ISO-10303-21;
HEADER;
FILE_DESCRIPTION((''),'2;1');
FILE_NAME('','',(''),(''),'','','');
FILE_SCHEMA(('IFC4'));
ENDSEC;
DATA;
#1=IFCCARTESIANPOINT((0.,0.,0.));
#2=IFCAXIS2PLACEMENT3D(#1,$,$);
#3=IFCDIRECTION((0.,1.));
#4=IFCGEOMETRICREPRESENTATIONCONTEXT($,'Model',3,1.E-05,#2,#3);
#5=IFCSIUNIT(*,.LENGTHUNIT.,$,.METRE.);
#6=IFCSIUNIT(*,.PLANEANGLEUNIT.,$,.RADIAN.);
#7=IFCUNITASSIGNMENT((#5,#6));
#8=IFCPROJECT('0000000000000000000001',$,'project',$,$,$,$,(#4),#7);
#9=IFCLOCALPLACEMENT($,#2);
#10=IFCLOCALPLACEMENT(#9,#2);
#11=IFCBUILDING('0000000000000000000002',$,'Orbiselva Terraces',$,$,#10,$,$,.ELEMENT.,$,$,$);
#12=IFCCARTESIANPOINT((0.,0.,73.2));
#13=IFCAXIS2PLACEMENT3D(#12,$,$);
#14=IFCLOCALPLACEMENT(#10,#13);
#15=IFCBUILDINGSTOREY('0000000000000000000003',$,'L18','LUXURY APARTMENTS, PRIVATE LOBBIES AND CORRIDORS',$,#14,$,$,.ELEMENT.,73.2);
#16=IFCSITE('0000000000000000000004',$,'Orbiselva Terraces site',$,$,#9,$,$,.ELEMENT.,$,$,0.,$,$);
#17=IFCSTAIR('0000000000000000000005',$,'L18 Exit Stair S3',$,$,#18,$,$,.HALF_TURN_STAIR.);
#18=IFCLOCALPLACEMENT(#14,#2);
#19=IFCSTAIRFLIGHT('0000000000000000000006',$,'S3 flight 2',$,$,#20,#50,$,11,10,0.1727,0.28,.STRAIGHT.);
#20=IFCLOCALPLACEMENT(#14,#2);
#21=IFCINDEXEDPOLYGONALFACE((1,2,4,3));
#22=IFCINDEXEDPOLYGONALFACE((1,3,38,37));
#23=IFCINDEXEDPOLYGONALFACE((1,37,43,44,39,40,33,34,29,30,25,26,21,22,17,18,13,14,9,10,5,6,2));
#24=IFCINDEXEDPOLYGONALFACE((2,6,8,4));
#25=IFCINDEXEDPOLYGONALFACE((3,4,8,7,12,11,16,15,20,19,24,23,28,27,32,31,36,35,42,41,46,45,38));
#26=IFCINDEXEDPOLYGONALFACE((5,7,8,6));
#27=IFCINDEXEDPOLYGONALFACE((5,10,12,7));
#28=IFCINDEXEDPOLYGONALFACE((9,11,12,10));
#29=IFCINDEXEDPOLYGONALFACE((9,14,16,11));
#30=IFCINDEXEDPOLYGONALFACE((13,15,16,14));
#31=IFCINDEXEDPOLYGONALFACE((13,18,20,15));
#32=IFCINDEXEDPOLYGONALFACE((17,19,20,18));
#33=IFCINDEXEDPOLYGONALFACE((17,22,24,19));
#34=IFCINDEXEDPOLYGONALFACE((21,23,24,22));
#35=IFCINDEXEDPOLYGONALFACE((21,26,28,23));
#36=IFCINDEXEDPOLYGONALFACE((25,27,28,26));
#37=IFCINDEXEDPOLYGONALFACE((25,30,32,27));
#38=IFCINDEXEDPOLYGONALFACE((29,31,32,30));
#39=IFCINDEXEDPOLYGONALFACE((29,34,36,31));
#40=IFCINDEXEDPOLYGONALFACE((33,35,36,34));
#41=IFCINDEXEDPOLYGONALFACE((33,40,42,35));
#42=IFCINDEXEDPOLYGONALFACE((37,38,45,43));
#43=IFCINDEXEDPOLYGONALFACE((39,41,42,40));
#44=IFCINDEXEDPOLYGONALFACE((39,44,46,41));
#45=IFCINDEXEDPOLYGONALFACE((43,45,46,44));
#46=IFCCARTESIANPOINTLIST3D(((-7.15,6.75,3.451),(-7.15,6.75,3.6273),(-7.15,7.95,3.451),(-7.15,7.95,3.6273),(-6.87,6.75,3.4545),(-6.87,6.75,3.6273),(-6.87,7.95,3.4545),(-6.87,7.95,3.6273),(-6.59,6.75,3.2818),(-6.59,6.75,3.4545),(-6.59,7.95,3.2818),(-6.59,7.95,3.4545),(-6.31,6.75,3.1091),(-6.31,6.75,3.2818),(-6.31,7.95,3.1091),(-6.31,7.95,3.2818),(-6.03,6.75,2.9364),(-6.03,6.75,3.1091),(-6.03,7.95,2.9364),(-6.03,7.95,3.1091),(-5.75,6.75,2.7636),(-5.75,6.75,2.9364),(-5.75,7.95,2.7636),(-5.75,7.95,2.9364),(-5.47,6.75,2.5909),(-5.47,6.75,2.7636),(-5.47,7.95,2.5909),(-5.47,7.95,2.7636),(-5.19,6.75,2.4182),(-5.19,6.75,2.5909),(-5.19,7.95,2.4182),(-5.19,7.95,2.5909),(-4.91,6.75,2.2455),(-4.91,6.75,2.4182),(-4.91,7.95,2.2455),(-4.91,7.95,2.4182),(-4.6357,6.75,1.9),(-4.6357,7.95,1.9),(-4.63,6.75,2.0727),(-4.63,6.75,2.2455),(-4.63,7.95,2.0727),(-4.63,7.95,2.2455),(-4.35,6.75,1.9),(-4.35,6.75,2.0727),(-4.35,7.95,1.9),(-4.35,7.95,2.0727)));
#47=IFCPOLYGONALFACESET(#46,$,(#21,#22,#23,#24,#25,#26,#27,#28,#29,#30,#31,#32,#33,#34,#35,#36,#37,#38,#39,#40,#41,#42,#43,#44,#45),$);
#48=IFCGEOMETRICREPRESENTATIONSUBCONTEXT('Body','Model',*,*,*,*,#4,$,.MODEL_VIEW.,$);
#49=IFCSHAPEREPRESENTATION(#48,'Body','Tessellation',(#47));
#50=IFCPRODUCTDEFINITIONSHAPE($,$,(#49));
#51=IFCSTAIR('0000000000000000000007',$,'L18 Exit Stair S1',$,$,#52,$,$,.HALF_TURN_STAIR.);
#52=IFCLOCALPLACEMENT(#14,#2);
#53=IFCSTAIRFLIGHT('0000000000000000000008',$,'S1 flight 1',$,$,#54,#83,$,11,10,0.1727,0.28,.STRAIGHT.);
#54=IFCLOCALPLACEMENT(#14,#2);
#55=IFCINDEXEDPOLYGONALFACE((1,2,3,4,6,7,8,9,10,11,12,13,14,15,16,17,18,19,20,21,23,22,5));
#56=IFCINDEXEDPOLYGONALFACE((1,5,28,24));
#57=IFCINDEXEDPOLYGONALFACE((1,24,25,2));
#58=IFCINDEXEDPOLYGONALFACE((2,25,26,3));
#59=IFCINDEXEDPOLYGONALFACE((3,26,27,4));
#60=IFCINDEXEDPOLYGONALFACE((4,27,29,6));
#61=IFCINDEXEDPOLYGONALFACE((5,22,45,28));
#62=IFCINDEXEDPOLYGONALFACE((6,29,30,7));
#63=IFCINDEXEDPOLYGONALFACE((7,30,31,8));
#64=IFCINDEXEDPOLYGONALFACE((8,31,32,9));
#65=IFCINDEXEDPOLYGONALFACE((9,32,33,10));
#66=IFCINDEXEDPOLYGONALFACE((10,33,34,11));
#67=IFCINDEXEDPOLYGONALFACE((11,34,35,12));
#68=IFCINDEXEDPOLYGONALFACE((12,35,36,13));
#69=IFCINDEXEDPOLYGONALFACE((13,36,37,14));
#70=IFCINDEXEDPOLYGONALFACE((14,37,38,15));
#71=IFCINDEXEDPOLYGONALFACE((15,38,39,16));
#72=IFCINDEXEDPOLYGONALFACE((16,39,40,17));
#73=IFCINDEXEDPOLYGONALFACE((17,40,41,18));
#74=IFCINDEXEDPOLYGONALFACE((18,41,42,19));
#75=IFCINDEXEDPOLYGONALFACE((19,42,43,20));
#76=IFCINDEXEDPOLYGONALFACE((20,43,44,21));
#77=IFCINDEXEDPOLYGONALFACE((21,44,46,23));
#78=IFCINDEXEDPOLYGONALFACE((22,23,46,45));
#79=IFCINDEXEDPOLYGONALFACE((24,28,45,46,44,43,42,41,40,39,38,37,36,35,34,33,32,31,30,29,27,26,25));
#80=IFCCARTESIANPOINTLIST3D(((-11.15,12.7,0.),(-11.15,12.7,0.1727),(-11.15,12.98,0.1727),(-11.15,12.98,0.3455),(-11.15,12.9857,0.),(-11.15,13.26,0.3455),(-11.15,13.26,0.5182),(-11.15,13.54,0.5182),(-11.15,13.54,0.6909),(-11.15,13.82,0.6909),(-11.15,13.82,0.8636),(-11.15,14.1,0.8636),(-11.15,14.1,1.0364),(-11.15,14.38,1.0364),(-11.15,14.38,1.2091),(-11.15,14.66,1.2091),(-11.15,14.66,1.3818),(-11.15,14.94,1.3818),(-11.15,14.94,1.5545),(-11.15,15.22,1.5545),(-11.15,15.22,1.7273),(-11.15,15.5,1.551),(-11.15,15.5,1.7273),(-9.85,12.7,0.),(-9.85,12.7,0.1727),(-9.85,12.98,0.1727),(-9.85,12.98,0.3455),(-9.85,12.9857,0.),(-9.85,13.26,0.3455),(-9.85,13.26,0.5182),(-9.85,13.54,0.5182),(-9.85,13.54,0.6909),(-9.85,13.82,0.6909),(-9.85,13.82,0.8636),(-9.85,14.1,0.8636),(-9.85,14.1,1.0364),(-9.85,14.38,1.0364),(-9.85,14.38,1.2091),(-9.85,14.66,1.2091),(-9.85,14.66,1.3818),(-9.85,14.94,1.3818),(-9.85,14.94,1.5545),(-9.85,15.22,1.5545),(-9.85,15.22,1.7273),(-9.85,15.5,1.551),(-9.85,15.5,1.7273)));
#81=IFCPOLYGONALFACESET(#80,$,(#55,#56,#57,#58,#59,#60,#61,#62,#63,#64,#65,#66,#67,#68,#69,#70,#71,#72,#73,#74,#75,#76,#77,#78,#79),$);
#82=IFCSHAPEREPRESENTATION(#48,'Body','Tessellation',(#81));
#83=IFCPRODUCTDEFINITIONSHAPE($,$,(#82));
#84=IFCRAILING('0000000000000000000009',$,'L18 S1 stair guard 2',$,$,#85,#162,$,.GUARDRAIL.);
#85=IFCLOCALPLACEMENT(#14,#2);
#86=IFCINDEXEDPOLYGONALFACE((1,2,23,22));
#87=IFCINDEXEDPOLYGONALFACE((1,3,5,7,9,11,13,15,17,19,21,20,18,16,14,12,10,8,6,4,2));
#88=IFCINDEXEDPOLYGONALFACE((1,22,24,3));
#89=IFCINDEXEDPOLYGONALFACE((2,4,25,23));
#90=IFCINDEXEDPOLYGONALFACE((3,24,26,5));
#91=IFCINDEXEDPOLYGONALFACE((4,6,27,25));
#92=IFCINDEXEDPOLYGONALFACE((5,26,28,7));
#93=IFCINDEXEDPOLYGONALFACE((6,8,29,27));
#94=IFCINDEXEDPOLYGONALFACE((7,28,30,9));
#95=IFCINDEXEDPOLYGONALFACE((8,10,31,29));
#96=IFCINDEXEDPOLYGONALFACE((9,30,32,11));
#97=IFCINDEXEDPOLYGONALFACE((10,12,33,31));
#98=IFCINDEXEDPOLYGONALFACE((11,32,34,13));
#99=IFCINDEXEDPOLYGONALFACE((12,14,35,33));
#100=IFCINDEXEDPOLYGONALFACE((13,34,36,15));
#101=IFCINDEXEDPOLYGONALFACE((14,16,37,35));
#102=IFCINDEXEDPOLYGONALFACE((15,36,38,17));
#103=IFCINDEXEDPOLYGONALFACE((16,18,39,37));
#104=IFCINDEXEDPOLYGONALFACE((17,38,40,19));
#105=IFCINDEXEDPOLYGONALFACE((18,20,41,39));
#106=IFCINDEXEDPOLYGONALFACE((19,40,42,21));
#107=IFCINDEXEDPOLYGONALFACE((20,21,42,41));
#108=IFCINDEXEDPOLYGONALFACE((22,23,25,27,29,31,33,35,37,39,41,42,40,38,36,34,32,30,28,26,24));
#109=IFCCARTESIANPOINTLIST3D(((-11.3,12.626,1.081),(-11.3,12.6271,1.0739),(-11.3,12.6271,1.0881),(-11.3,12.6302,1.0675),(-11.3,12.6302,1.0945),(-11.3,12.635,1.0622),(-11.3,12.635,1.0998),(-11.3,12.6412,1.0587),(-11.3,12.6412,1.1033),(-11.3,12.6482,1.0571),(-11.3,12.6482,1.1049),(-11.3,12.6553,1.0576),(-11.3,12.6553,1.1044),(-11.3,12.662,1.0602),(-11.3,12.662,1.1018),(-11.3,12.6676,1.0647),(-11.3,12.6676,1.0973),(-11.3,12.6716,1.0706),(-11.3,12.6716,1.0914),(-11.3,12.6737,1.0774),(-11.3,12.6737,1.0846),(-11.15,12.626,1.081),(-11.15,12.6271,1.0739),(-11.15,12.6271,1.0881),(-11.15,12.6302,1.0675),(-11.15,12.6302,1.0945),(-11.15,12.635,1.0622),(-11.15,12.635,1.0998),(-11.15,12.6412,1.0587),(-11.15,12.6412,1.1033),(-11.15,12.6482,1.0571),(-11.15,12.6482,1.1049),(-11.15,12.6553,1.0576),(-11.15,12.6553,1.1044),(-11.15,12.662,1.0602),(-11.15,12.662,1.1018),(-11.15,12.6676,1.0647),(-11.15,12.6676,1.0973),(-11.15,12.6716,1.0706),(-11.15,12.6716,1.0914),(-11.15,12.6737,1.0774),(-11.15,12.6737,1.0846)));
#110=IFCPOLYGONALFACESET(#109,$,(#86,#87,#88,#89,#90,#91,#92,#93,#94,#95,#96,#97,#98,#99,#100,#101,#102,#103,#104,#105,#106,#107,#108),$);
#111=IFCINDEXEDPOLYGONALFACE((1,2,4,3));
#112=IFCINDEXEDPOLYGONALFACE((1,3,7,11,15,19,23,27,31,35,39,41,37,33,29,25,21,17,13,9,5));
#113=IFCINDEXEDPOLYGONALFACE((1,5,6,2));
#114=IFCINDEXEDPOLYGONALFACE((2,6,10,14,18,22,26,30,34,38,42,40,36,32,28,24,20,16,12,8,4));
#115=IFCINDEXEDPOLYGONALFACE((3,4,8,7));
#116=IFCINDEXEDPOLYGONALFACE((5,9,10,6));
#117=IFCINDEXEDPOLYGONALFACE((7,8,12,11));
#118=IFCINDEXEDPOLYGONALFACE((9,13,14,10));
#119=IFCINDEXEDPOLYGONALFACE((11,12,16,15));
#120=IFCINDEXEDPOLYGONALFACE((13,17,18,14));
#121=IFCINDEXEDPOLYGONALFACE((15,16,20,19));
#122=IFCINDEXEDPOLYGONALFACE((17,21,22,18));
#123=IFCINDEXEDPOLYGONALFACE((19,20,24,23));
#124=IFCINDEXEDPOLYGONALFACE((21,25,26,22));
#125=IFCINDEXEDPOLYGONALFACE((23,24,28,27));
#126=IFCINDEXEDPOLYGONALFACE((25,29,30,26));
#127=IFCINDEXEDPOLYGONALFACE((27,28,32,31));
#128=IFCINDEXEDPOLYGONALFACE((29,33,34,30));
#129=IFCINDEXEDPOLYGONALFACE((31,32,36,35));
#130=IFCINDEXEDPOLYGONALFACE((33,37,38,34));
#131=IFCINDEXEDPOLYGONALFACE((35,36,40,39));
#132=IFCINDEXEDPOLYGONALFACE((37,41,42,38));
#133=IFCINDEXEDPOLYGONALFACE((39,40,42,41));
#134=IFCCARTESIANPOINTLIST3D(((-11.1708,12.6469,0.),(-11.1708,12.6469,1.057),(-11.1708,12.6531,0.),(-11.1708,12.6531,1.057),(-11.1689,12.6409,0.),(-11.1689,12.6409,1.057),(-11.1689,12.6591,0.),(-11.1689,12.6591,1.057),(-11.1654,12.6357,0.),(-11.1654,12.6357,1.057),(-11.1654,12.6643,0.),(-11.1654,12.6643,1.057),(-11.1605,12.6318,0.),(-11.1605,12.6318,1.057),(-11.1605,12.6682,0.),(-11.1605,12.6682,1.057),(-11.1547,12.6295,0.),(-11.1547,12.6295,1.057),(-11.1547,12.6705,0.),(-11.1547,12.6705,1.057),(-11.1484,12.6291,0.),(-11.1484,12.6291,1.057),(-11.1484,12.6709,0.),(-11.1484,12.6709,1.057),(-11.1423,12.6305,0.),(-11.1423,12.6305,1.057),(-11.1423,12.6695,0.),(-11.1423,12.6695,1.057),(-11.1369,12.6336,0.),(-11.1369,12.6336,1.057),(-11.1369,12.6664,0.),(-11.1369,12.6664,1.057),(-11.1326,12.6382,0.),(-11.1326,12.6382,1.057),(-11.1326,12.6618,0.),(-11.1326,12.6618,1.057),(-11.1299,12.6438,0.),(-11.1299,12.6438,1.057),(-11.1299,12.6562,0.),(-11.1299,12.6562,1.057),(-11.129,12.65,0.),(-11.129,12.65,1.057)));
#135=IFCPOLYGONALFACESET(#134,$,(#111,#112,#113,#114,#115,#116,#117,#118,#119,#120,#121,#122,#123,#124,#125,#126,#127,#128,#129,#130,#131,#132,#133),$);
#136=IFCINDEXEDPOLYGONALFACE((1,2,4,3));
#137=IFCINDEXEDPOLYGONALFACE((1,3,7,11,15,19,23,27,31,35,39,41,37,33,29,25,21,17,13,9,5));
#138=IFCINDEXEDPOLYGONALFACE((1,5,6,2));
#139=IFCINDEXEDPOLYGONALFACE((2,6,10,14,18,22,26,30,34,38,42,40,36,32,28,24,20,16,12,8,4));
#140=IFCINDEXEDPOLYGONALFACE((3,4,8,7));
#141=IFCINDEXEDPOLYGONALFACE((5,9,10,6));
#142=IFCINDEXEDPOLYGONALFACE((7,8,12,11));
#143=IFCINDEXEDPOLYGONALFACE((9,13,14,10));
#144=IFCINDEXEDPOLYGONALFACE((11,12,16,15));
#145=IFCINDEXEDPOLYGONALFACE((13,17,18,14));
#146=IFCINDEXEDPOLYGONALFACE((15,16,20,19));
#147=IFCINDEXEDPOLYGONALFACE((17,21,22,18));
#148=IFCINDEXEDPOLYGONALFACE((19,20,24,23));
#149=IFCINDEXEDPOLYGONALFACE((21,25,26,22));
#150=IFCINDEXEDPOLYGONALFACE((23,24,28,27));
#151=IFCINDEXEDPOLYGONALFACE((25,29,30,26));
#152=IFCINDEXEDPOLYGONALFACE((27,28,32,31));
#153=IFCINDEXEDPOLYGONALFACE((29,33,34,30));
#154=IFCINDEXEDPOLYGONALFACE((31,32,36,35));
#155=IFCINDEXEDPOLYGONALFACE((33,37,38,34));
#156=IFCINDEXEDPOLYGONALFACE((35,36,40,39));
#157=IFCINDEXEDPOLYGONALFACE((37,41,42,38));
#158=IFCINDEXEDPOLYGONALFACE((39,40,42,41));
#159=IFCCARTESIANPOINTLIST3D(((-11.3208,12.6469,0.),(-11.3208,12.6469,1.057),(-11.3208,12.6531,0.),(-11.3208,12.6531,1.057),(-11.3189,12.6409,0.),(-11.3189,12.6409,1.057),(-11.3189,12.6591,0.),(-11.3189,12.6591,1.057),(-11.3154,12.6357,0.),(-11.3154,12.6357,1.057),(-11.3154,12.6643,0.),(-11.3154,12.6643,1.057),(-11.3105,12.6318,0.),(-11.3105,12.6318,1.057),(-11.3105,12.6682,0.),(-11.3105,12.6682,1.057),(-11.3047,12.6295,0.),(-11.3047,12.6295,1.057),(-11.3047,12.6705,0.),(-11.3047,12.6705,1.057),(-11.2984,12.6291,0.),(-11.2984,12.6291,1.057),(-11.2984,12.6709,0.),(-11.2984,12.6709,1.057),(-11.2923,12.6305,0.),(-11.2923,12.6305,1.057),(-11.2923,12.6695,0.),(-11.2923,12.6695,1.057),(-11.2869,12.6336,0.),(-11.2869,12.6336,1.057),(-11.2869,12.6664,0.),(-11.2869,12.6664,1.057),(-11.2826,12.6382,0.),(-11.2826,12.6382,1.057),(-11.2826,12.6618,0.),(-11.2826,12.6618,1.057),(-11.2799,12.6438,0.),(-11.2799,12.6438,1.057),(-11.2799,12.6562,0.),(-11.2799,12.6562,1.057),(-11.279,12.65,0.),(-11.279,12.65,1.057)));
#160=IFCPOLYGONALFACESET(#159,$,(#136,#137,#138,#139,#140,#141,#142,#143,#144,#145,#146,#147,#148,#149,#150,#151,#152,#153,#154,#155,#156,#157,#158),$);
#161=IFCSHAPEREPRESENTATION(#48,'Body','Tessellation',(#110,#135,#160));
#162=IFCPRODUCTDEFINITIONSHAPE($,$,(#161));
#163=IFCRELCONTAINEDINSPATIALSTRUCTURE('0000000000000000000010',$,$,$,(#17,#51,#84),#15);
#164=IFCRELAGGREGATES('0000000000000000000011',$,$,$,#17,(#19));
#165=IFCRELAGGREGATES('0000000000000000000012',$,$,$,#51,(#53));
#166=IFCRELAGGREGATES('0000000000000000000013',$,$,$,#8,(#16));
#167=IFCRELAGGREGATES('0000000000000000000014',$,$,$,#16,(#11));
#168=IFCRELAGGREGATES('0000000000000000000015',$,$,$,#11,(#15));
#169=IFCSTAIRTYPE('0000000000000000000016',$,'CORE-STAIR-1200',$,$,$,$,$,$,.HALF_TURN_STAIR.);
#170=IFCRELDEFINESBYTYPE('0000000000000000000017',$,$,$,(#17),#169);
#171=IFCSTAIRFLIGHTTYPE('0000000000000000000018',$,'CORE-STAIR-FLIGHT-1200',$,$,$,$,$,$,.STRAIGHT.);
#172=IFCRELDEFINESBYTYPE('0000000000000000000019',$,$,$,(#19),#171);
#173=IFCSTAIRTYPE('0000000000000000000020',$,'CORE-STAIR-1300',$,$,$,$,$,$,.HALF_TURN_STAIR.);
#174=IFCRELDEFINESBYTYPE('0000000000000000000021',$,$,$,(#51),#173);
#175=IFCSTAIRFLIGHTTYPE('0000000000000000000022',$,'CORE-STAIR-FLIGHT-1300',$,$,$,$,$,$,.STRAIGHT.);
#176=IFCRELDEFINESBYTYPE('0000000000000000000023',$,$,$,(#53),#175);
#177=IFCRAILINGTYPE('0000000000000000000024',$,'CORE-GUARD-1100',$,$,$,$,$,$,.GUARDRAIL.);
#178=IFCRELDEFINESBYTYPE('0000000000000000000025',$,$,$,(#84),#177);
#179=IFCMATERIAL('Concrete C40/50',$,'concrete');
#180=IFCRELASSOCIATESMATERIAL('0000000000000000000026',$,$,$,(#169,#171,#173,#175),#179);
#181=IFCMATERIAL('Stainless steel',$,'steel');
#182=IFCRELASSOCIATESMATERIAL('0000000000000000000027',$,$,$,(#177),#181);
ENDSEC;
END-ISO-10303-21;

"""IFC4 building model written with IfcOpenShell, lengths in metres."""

from ifc_helpers import new_model, si_unit, direction, frame, origin, origin_2d, place, context, subcontext, project, spatial, polyline, circle, outline, extrude, material, type_object, element, aggregate, save


model = new_model("IFC4")

# Units and contexts
model_context = context("Model", 3, precision=1e-05, world=origin(), true_north=direction((0.0, 1.0)))
body_context = subcontext(model_context, "Body", "Model", "MODEL_VIEW")
ifc_project = project(units=[si_unit("LENGTHUNIT", "METRE"), si_unit("PLANEANGLEUNIT", "RADIAN")], contexts=[model_context])

# Site, building, storey
site_placement = place(None, origin())
site = spatial("IfcSite", under=ifc_project, at=site_placement, Name="Orbiselva Terraces site", CompositionType="ELEMENT", RefElevation=0.0)
building_placement = place(site_placement, origin())
building = spatial("IfcBuilding", under=site, at=building_placement, Name="Orbiselva Terraces", CompositionType="ELEMENT")
storey_placement = place(building_placement, frame((0.0, 0.0, 73.2)))
storey = spatial("IfcBuildingStorey", under=building, at=storey_placement, Name="L18", Description="LUXURY APARTMENTS, PRIVATE LOBBIES AND CORRIDORS", CompositionType="ELEMENT", Elevation=73.2)

# Stair, stair flight
ifc_material_1 = material(Name="Concrete C40/50", Category="concrete")
stair_type_1 = type_object("IfcStairType", Name="CORE-STAIR-1200", PredefinedType="HALF_TURN_STAIR", material=ifc_material_1)
stair_1_placement = place(storey_placement, origin())
stair_1 = element("IfcStair", 1, at=stair_1_placement, inside=storey, type_object=stair_type_1, Name="L18 Exit Stair S3", PredefinedType="HALF_TURN_STAIR")
stair_flight_type_1 = type_object("IfcStairFlightType", Name="CORE-STAIR-FLIGHT-1200", PredefinedType="STRAIGHT", material=ifc_material_1)
stair_flight_1_placement = place(storey_placement, frame((-4.35, 7.35, 1.9), z_axis=(0.0, 0.0, 1.0), x_axis=(-1.0, 0.0, 0.0)))
stair_flight_1 = element("IfcStairFlight", 2, at=stair_flight_1_placement, type_object=stair_flight_type_1, Name="S3 flight 2", NumberOfRisers=11, NumberOfTreads=10, PredefinedType="STRAIGHT", RiserHeight=0.1727, TreadLength=0.28, context=body_context, shape_type="SweptSolid", body=[
    extrude(outline(polyline([(0.0, 0.0), (0.0, 0.1727), (0.28, 0.1727), (0.28, 0.3455), (0.56, 0.3455), (0.56, 0.5182), (0.84, 0.5182), (0.84, 0.6909), (1.12, 0.6909), (1.12, 0.8636), (1.4, 0.8636), (1.4, 1.0364), (1.68, 1.0364), (1.68, 1.2091), (1.96, 1.2091), (1.96, 1.3818), (2.24, 1.3818), (2.24, 1.5545), (2.52, 1.5545), (2.52, 1.7273), (2.8, 1.7273), (2.8, 1.9), (2.8, 1.551), (0.2857, 0.0), (0.0, 0.0)])), frame((0.0, 0.6, 0.0), z_axis=(0.0, -1.0, 0.0), x_axis=(1.0, 0.0, 0.0)), (0.0, 0.0, 1.0), 1.2),
])
aggregate(stair_1, [stair_flight_1])

# Stair, stair flight
stair_type_2 = type_object("IfcStairType", Name="CORE-STAIR-1300", PredefinedType="HALF_TURN_STAIR", material=ifc_material_1)
stair_2_placement = place(storey_placement, origin())
stair_2 = element("IfcStair", 3, at=stair_2_placement, inside=storey, type_object=stair_type_2, Name="L18 Exit Stair S1", PredefinedType="HALF_TURN_STAIR")
stair_flight_type_2 = type_object("IfcStairFlightType", Name="CORE-STAIR-FLIGHT-1300", PredefinedType="STRAIGHT", material=ifc_material_1)
stair_flight_2_placement = place(storey_placement, frame((-10.5, 12.7, 0.0), z_axis=(0.0, 0.0, 1.0), x_axis=(0.0, 1.0, 0.0)))
stair_flight_2 = element("IfcStairFlight", 4, at=stair_flight_2_placement, type_object=stair_flight_type_2, Name="S1 flight 1", NumberOfRisers=11, NumberOfTreads=10, PredefinedType="STRAIGHT", RiserHeight=0.1727, TreadLength=0.28, context=body_context, shape_type="SweptSolid", body=[
    extrude(outline(polyline([(0.0, 0.0), (0.0, 0.1727), (0.28, 0.1727), (0.28, 0.3455), (0.56, 0.3455), (0.56, 0.5182), (0.84, 0.5182), (0.84, 0.6909), (1.12, 0.6909), (1.12, 0.8636), (1.4, 0.8636), (1.4, 1.0364), (1.68, 1.0364), (1.68, 1.2091), (1.96, 1.2091), (1.96, 1.3818), (2.24, 1.3818), (2.24, 1.5545), (2.52, 1.5545), (2.52, 1.7273), (2.8, 1.7273), (2.8, 1.9), (2.8, 1.551), (0.2857, 0.0), (0.0, 0.0)])), frame((0.0, 0.65, 0.0), z_axis=(0.0, -1.0, 0.0), x_axis=(1.0, 0.0, 0.0)), (0.0, 0.0, 1.0), 1.3),
])
aggregate(stair_2, [stair_flight_2])

# Railing
ifc_material_2 = material(Name="Stainless steel", Category="steel")
railing_type_1 = type_object("IfcRailingType", Name="CORE-GUARD-1100", PredefinedType="GUARDRAIL", material=ifc_material_2)
railing_1_placement = place(storey_placement, frame((-11.15, 12.65, 0.0)))
element("IfcRailing", 5, at=railing_1_placement, inside=storey, type_object=railing_type_1, Name="L18 S1 stair guard 2", PredefinedType="GUARDRAIL", context=body_context, shape_type="SweptSolid", body=[
    extrude(circle(Radius=0.024, at=origin_2d()), frame((0.0, 0.0, 1.081), z_axis=(-1.0, 0.0, 0.0), x_axis=(0.0, -1.0, 0.0)), (0.0, 0.0, 1.0), 0.15),
    extrude(circle(Radius=0.021, at=origin_2d()), origin(), (0.0, 0.0, 1.0), 1.057),
    extrude(circle(Radius=0.021, at=origin_2d()), frame((-0.15, 0.0, 0.0)), (0.0, 0.0, 1.0), 1.057),
])

save(model, "model.ifc")
